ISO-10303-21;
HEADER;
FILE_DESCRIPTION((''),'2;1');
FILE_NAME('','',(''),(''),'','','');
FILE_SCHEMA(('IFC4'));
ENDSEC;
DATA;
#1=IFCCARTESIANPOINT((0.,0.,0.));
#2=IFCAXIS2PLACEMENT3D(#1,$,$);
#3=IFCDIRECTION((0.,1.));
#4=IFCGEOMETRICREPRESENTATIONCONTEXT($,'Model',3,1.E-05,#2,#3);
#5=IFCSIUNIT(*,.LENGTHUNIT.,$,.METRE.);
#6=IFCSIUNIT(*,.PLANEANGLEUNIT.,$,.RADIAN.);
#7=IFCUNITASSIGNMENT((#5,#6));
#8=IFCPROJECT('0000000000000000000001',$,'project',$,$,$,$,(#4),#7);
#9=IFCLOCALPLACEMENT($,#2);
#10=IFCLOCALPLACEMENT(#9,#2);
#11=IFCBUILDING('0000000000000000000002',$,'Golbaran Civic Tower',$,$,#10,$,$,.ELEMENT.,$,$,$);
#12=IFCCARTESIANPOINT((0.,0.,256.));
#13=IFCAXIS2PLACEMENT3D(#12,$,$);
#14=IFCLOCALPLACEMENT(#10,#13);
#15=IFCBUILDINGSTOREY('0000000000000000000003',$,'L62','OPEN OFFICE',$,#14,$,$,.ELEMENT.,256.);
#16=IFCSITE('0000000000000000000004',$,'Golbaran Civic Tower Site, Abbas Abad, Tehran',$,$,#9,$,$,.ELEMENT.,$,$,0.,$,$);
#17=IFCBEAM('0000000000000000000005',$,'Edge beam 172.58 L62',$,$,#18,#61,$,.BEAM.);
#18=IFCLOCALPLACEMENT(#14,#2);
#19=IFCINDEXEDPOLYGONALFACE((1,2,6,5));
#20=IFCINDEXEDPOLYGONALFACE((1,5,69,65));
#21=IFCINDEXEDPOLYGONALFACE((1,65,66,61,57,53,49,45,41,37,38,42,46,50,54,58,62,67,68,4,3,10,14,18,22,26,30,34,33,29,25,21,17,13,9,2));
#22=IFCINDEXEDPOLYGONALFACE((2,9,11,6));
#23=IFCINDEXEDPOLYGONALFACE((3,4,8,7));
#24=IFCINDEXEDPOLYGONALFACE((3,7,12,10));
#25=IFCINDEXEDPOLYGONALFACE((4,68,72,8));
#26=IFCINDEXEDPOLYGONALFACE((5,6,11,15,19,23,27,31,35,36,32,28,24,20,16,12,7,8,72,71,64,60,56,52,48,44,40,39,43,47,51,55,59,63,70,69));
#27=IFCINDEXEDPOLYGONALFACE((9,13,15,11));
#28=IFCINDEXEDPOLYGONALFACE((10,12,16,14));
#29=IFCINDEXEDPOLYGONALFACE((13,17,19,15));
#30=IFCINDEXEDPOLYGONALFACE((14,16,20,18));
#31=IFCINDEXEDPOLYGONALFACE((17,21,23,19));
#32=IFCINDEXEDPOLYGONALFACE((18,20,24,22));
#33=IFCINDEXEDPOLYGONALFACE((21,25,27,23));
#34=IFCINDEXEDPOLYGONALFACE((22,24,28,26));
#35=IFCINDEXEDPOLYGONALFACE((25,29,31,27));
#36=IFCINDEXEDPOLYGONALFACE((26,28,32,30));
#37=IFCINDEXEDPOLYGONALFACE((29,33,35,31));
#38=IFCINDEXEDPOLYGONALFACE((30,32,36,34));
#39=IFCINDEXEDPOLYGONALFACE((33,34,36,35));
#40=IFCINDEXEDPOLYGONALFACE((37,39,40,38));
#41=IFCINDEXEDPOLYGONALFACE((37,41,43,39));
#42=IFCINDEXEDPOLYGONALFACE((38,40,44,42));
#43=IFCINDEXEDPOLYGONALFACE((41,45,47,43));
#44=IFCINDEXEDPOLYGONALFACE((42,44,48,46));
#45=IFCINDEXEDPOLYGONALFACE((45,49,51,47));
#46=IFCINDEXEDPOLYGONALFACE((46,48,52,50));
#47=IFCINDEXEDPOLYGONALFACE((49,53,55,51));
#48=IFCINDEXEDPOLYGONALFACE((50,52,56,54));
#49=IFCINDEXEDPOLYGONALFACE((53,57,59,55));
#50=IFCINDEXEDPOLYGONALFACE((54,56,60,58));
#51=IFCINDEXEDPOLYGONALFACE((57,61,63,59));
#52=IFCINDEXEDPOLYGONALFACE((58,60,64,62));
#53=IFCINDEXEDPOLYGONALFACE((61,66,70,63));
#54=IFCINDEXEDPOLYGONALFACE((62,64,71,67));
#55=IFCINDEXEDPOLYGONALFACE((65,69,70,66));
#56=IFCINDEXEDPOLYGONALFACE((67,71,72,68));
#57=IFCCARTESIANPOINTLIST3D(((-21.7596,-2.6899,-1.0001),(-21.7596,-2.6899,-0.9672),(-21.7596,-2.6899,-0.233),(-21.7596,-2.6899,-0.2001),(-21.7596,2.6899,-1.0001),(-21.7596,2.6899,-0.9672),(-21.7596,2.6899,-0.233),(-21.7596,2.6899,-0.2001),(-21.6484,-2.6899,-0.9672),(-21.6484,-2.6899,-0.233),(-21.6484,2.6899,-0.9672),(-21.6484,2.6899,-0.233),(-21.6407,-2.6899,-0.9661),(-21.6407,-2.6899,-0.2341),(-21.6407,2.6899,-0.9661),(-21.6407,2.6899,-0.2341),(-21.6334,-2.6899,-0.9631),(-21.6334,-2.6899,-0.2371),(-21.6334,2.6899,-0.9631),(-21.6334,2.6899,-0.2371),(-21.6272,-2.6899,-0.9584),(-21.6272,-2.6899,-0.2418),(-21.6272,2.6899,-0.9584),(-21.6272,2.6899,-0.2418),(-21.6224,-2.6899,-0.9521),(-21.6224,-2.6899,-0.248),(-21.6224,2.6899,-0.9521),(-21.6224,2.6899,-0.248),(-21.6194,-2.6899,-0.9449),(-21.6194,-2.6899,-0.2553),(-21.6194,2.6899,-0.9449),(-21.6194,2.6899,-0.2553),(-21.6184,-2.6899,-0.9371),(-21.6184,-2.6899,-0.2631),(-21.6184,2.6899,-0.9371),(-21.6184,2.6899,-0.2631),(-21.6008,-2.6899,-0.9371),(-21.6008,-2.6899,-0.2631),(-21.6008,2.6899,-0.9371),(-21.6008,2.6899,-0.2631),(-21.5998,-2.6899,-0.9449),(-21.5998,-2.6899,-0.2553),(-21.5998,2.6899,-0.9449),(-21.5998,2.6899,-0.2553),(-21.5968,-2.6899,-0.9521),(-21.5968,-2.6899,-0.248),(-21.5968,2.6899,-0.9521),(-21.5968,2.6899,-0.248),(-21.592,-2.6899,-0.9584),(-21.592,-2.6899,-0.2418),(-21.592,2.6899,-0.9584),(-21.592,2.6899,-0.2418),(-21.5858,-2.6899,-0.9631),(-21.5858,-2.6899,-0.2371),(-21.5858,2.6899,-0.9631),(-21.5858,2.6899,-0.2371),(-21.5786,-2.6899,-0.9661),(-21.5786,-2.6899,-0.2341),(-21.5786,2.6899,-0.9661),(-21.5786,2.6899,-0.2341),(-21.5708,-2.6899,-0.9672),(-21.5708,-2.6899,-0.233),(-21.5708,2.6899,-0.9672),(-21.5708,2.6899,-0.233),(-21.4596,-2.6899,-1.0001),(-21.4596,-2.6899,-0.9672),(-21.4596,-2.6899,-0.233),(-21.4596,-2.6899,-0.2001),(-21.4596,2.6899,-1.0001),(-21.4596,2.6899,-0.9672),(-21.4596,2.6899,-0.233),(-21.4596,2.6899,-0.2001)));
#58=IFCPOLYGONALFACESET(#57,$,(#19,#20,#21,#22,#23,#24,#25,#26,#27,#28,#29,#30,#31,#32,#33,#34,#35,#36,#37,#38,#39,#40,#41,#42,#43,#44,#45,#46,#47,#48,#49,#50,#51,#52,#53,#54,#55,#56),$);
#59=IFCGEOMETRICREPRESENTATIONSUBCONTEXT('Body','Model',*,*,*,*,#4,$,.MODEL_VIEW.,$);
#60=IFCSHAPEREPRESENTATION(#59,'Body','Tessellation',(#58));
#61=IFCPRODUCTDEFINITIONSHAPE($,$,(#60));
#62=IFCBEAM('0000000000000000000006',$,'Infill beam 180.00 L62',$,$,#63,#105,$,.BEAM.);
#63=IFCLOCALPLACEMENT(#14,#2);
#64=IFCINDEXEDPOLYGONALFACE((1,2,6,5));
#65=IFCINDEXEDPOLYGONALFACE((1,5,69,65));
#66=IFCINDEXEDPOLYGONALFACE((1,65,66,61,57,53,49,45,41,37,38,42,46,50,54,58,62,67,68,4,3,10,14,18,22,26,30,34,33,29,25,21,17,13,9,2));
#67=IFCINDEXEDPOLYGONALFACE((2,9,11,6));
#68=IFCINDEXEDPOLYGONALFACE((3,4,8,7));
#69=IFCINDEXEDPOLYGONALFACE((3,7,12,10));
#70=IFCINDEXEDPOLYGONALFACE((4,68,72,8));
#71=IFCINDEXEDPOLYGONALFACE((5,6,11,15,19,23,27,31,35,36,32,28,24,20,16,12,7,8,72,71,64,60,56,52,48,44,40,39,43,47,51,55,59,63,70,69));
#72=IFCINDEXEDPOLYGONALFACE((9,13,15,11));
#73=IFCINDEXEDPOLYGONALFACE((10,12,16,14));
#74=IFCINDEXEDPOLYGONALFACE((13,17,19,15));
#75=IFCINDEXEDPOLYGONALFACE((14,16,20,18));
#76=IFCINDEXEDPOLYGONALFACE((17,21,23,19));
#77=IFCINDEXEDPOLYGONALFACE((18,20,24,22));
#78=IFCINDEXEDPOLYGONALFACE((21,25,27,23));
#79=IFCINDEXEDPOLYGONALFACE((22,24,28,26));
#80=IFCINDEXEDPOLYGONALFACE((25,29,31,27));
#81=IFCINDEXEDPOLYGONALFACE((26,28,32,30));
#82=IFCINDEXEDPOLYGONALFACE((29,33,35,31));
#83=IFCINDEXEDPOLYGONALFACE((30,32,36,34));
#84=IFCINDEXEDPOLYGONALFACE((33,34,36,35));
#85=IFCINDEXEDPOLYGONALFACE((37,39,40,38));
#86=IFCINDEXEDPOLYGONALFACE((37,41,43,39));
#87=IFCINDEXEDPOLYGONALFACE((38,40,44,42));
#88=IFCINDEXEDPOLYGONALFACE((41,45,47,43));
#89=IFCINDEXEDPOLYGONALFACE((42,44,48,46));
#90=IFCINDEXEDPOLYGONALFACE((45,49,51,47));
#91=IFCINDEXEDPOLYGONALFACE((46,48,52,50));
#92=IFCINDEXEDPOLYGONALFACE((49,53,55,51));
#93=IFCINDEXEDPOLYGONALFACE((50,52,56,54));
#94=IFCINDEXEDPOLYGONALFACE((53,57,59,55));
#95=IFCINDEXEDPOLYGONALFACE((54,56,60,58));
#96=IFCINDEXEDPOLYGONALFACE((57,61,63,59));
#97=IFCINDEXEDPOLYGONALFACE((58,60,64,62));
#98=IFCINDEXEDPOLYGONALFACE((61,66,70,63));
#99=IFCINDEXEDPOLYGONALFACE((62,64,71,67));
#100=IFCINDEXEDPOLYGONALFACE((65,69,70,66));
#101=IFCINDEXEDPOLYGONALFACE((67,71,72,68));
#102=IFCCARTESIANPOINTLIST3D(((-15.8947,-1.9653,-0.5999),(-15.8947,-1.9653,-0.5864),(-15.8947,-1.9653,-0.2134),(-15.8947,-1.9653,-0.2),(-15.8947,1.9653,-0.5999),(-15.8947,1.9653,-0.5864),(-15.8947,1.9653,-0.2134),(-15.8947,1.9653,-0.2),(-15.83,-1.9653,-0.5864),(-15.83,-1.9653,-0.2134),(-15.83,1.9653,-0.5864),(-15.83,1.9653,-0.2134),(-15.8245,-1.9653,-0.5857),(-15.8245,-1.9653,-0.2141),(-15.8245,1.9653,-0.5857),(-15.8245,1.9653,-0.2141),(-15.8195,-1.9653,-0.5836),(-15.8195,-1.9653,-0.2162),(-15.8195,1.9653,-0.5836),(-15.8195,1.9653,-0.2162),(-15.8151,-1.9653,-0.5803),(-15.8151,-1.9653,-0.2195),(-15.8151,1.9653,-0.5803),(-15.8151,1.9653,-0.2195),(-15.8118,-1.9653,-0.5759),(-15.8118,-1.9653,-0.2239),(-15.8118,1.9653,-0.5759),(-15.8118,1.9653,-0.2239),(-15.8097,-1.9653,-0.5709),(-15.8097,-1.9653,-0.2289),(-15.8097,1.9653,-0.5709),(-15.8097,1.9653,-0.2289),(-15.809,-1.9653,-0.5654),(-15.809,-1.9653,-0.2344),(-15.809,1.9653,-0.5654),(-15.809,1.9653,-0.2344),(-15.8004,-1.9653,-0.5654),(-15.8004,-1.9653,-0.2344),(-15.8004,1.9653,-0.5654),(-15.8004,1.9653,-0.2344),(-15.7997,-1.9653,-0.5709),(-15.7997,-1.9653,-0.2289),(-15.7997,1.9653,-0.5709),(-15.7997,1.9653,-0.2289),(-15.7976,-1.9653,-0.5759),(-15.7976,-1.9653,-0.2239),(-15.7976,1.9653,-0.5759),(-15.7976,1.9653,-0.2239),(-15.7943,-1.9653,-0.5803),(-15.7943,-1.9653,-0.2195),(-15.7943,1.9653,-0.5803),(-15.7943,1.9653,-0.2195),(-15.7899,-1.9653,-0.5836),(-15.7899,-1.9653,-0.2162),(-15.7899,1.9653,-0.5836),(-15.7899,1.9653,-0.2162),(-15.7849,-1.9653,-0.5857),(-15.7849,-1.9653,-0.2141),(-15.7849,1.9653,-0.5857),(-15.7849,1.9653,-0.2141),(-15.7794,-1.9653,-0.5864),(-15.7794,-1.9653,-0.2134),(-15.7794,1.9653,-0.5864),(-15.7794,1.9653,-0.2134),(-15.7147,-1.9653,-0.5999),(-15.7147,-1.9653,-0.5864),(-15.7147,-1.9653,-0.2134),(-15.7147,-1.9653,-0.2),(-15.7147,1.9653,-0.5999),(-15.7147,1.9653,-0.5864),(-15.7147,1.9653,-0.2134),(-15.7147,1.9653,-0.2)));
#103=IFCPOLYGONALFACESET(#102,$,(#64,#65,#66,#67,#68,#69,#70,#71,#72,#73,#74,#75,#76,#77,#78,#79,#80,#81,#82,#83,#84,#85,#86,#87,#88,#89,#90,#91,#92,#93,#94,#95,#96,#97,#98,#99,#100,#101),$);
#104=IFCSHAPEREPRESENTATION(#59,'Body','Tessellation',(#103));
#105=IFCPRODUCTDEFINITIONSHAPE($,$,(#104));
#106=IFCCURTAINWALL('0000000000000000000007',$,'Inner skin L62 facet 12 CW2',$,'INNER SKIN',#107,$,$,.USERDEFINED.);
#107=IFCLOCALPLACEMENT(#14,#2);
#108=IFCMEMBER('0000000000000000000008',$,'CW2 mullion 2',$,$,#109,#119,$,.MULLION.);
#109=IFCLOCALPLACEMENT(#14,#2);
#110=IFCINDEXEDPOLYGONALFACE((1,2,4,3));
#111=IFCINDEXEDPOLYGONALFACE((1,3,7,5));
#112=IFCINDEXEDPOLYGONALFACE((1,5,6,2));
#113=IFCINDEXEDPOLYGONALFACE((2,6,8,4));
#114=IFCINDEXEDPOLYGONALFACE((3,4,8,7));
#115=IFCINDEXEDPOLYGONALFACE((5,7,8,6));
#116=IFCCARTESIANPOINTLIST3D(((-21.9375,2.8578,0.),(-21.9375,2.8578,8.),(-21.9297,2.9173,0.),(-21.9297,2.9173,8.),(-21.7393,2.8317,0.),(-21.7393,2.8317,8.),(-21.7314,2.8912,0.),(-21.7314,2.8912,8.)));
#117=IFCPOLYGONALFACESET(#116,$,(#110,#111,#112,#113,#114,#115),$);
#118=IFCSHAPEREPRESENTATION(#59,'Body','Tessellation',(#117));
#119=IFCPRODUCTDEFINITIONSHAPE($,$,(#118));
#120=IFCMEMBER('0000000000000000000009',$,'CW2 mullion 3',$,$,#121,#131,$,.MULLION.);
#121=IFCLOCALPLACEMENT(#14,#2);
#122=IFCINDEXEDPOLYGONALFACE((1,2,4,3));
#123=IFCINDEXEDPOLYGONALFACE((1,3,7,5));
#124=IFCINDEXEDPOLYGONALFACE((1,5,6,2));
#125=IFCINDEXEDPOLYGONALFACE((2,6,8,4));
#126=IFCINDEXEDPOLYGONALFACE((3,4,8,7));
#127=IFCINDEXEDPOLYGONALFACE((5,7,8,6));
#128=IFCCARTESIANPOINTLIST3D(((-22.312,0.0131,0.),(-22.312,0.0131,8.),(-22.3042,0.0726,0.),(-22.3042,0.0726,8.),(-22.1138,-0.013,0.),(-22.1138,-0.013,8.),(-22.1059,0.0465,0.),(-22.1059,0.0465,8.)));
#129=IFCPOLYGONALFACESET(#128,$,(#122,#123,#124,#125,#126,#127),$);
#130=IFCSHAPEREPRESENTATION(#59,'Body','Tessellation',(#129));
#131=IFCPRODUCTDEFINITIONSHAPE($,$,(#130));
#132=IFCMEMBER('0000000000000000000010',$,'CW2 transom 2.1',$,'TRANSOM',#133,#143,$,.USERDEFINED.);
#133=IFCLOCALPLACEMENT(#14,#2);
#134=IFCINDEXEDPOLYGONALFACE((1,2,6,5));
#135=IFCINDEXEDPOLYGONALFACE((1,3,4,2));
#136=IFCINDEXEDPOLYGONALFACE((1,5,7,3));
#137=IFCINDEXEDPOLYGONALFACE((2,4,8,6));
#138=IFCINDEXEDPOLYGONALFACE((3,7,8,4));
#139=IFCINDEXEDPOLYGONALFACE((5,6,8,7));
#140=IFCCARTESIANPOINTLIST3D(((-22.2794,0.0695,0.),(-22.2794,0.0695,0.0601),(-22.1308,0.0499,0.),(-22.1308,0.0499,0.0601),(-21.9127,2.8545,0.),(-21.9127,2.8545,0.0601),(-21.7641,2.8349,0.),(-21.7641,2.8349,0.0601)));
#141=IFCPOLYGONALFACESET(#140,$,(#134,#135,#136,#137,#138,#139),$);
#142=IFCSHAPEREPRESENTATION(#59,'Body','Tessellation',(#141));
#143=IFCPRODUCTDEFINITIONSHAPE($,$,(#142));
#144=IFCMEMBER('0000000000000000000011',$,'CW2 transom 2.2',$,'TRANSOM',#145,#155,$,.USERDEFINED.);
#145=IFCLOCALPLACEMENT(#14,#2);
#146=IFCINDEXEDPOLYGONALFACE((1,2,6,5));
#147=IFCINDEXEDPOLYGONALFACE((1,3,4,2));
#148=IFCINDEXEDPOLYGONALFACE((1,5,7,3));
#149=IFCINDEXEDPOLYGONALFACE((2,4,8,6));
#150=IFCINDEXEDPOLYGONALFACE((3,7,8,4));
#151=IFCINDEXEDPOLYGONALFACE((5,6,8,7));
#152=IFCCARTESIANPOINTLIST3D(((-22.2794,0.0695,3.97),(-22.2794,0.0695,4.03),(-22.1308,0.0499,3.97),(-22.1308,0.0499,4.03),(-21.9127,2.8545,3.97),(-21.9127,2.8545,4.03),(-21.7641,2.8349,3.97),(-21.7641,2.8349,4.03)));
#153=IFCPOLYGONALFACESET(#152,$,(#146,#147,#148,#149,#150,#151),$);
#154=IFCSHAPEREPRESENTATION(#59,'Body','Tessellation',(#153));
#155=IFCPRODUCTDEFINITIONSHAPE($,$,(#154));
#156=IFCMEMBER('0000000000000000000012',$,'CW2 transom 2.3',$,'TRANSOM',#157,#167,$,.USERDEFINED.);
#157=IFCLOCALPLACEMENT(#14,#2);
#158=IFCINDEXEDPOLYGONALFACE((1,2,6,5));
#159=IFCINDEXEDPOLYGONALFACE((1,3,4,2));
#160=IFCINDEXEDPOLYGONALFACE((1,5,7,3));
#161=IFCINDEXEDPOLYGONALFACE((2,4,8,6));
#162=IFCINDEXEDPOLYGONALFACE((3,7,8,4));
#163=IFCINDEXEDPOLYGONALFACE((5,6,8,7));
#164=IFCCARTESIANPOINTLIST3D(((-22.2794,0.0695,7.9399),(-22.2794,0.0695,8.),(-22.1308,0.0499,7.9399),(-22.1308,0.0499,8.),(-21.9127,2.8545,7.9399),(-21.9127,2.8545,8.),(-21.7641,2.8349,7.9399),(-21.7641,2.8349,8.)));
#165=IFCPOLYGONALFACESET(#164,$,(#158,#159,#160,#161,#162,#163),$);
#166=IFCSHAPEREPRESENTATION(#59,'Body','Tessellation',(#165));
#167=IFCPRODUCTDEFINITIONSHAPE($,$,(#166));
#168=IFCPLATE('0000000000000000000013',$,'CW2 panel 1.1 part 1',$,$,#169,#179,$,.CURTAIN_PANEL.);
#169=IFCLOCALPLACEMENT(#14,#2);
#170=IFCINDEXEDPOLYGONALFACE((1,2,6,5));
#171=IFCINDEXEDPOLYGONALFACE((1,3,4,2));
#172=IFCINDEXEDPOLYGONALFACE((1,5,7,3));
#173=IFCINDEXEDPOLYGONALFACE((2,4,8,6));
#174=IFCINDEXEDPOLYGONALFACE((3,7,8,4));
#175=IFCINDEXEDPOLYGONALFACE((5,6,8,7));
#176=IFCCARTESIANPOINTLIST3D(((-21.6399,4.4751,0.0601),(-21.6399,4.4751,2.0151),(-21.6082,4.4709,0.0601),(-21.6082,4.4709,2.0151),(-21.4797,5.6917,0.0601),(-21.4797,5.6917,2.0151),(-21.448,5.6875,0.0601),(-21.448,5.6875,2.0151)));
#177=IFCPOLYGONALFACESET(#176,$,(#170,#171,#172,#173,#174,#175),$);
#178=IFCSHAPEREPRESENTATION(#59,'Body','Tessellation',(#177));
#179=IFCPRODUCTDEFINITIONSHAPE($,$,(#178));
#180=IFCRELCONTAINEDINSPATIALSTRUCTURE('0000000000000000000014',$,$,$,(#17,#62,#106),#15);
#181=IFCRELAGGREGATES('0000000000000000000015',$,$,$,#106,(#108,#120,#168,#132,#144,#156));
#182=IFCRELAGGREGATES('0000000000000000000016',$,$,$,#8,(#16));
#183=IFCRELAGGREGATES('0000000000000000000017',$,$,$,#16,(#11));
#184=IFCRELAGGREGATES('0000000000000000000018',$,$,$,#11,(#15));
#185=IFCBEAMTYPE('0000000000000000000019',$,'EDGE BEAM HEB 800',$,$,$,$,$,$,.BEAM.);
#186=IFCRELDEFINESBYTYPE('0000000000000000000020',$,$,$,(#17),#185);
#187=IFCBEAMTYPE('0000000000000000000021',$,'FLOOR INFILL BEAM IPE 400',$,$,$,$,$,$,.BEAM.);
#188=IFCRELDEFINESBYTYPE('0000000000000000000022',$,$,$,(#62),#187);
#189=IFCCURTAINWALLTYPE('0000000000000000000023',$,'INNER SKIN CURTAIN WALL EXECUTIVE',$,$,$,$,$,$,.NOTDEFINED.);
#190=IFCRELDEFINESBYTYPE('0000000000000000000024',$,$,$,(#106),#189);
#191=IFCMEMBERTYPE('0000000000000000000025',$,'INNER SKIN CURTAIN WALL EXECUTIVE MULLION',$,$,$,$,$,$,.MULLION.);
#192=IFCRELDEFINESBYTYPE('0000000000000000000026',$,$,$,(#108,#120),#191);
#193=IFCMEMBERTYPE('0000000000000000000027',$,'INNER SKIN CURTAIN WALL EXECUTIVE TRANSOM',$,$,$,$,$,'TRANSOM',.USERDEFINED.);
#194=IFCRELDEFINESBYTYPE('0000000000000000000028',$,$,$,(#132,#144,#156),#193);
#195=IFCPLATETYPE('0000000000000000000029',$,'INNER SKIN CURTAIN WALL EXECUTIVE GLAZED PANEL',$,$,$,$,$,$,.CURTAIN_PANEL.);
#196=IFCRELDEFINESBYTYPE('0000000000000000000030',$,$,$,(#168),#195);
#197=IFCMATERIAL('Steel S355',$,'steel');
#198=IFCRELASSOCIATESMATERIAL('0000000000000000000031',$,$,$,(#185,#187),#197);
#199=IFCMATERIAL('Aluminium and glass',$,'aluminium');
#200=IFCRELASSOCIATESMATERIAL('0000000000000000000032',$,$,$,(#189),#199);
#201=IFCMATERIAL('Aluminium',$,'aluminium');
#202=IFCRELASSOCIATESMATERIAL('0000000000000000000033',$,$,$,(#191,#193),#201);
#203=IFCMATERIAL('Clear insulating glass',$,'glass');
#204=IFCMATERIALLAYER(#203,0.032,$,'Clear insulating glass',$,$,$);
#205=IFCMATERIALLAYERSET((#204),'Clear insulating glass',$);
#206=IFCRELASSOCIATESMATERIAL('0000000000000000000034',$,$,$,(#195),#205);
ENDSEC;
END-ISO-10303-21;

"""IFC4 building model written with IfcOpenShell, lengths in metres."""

from ifc_helpers import new_model, si_unit, direction, frame, origin, origin_2d, place, context, subcontext, project, spatial, rectangle, i_section, extrude, material, layer, layer_set, material_profile, profile_set, type_object, element, aggregate, save


model = new_model("IFC4")

# Units and contexts
model_context = context("Model", 3, precision=1e-05, world=origin(), true_north=direction((0.0, 1.0)))
body_context = subcontext(model_context, "Body", "Model", "MODEL_VIEW")
ifc_project = project(units=[si_unit("LENGTHUNIT", "METRE"), si_unit("PLANEANGLEUNIT", "RADIAN")], contexts=[model_context])

# Site, building, storey
site_placement = place(None, origin())
site = spatial("IfcSite", under=ifc_project, at=site_placement, Name="Golbaran Civic Tower Site, Abbas Abad, Tehran", CompositionType="ELEMENT", RefElevation=0.0)
building_placement = place(site_placement, origin())
building = spatial("IfcBuilding", under=site, at=building_placement, Name="Golbaran Civic Tower", CompositionType="ELEMENT")
storey_placement = place(building_placement, frame((0.0, 0.0, 256.0)))
storey = spatial("IfcBuildingStorey", under=building, at=storey_placement, Name="L62", Description="OPEN OFFICE", CompositionType="ELEMENT", Elevation=256.0)

# Beams
ifc_material_1 = material(Name="Steel S355", Category="steel")
ifc_material_profile_1 = material_profile(ifc_material_1, i_section(OverallWidth=0.3, OverallDepth=0.8, WebThickness=0.0176, FlangeThickness=0.033, FilletRadius=0.03, at=origin_2d()), Name="HEB 800")
ifc_profile_set_1 = profile_set([ifc_material_profile_1], Name="Steel S355")
beam_type_1 = type_object("IfcBeamType", Name="EDGE BEAM HEB 800", PredefinedType="BEAM", material=ifc_profile_set_1)
beam_1_placement = place(storey_placement, frame((-21.6096, 2.6899, -0.6001), z_axis=(0.0, -1.0, 0.0), x_axis=(1.0, 0.0, 0.0)))
element("IfcBeam", 1, at=beam_1_placement, inside=storey, type_object=beam_type_1, Name="Edge beam 172.58 L62", PredefinedType="BEAM", context=body_context, shape_type="SweptSolid", body=[
    extrude(i_section(OverallWidth=0.3, OverallDepth=0.8, WebThickness=0.0176, FlangeThickness=0.033, FilletRadius=0.03, at=origin_2d()), origin(), (0.0, 0.0, 1.0), 5.3799),
])
ifc_material_profile_2 = material_profile(ifc_material_1, i_section(OverallWidth=0.1799, OverallDepth=0.3999, WebThickness=0.0085, FlangeThickness=0.0134, FilletRadius=0.021, at=origin_2d()), Name="IPE 400")
ifc_profile_set_2 = profile_set([ifc_material_profile_2], Name="Steel S355")
beam_type_2 = type_object("IfcBeamType", Name="FLOOR INFILL BEAM IPE 400", PredefinedType="BEAM", material=ifc_profile_set_2)
beam_2_placement = place(storey_placement, frame((-15.8047, 1.9653, -0.3999), z_axis=(0.0, -1.0, 0.0), x_axis=(1.0, 0.0, 0.0)))
element("IfcBeam", 2, at=beam_2_placement, inside=storey, type_object=beam_type_2, Name="Infill beam 180.00 L62", PredefinedType="BEAM", context=body_context, shape_type="SweptSolid", body=[
    extrude(i_section(OverallWidth=0.1799, OverallDepth=0.3999, WebThickness=0.0085, FlangeThickness=0.0134, FilletRadius=0.021, at=origin_2d()), origin(), (0.0, 0.0, 1.0), 3.9307),
])

# Curtain wall, members, plate
ifc_material_2 = material(Name="Aluminium and glass", Category="aluminium")
curtain_wall_type = type_object("IfcCurtainWallType", Name="INNER SKIN CURTAIN WALL EXECUTIVE", PredefinedType="NOTDEFINED", material=ifc_material_2)
curtain_wall_placement = place(storey_placement, origin())
curtain_wall = element("IfcCurtainWall", 3, at=curtain_wall_placement, inside=storey, type_object=curtain_wall_type, Name="Inner skin L62 facet 12 CW2", ObjectType="INNER SKIN", PredefinedType="USERDEFINED")
ifc_material_3 = material(Name="Aluminium", Category="aluminium")
ifc_material_profile_3 = material_profile(ifc_material_3, rectangle(XDim=0.2, YDim=0.0601, at=origin_2d()), Name="INNER SKIN CURTAIN WALL EXECUTIVE MULLION")
ifc_profile_set_3 = profile_set([ifc_material_profile_3], Name="Aluminium")
member_type_1 = type_object("IfcMemberType", Name="INNER SKIN CURTAIN WALL EXECUTIVE MULLION", PredefinedType="MULLION", material=ifc_profile_set_3)
member_1_placement = place(storey_placement, frame((-21.8345, 2.8745, 0.0), z_axis=(0.0, 0.0, 1.0), x_axis=(0.991445, -0.130526, 0.0)))
member_1 = element("IfcMember", 4, at=member_1_placement, type_object=member_type_1, Name="CW2 mullion 2", PredefinedType="MULLION", context=body_context, shape_type="SweptSolid", body=[
    extrude(rectangle(XDim=0.2, YDim=0.0601, at=origin_2d()), origin(), (0.0, 0.0, 1.0), 8.0),
])
member_2_placement = place(storey_placement, frame((-22.209, 0.0298, 0.0), z_axis=(0.0, 0.0, 1.0), x_axis=(0.991445, -0.130526, 0.0)))
member_2 = element("IfcMember", 5, at=member_2_placement, type_object=member_type_1, Name="CW2 mullion 3", PredefinedType="MULLION", context=body_context, shape_type="SweptSolid", body=[
    extrude(rectangle(XDim=0.2, YDim=0.0601, at=origin_2d()), origin(), (0.0, 0.0, 1.0), 8.0),
])
ifc_material_profile_4 = material_profile(ifc_material_3, rectangle(XDim=0.1499, YDim=0.0601, at=origin_2d()), Name="INNER SKIN CURTAIN WALL EXECUTIVE TRANSOM")
ifc_profile_set_4 = profile_set([ifc_material_profile_4], Name="Aluminium")
member_type_2 = type_object("IfcMemberType", Name="INNER SKIN CURTAIN WALL EXECUTIVE TRANSOM", ElementType="TRANSOM", PredefinedType="USERDEFINED", material=ifc_profile_set_4)
member_3_placement = place(storey_placement, frame((-21.8384, 2.8447, 0.03), z_axis=(-0.130535, -0.991444, 0.0), x_axis=(0.991444, -0.130535, 0.0)))
member_3 = element("IfcMember", 6, at=member_3_placement, type_object=member_type_2, Name="CW2 transom 2.1", ObjectType="TRANSOM", PredefinedType="USERDEFINED", context=body_context, shape_type="SweptSolid", body=[
    extrude(rectangle(XDim=0.1499, YDim=0.0601, at=origin_2d()), origin(), (0.0, 0.0, 1.0), 2.8091),
])
member_4_placement = place(storey_placement, frame((-21.8384, 2.8447, 4.0), z_axis=(-0.130535, -0.991444, 0.0), x_axis=(0.991444, -0.130535, 0.0)))
member_4 = element("IfcMember", 7, at=member_4_placement, type_object=member_type_2, Name="CW2 transom 2.2", ObjectType="TRANSOM", PredefinedType="USERDEFINED", context=body_context, shape_type="SweptSolid", body=[
    extrude(rectangle(XDim=0.1499, YDim=0.0601, at=origin_2d()), origin(), (0.0, 0.0, 1.0), 2.8091),
])
member_5_placement = place(storey_placement, frame((-21.8384, 2.8447, 7.97), z_axis=(-0.130535, -0.991444, 0.0), x_axis=(0.991444, -0.130535, 0.0)))
member_5 = element("IfcMember", 8, at=member_5_placement, type_object=member_type_2, Name="CW2 transom 2.3", ObjectType="TRANSOM", PredefinedType="USERDEFINED", context=body_context, shape_type="SweptSolid", body=[
    extrude(rectangle(XDim=0.1499, YDim=0.0601, at=origin_2d()), origin(), (0.0, 0.0, 1.0), 2.8091),
])
ifc_material_4 = material(Name="Clear insulating glass", Category="glass")
ifc_layer_1 = layer(ifc_material_4, 0.032, Name="Clear insulating glass")
ifc_layer_set_1 = layer_set([ifc_layer_1], Name="Clear insulating glass")
plate_type_1 = type_object("IfcPlateType", Name="INNER SKIN CURTAIN WALL EXECUTIVE GLAZED PANEL", PredefinedType="CURTAIN_PANEL", material=ifc_layer_set_1)
plate_1_placement = place(storey_placement, frame((-21.5439, 5.0813, 0.0601), z_axis=(0.0, 0.0, 1.0), x_axis=(-0.130526, -0.991445, 0.0)))
plate_1 = element("IfcPlate", 9, at=plate_1_placement, type_object=plate_type_1, Name="CW2 panel 1.1 part 1", PredefinedType="CURTAIN_PANEL", context=body_context, shape_type="SweptSolid", body=[
    extrude(rectangle(XDim=1.2271, YDim=0.032, at=origin_2d()), origin(), (0.0, 0.0, 1.0), 1.9551),
])
aggregate(curtain_wall, [member_1, member_2, plate_1, member_3, member_4, member_5])

save(model, "model.ifc")
